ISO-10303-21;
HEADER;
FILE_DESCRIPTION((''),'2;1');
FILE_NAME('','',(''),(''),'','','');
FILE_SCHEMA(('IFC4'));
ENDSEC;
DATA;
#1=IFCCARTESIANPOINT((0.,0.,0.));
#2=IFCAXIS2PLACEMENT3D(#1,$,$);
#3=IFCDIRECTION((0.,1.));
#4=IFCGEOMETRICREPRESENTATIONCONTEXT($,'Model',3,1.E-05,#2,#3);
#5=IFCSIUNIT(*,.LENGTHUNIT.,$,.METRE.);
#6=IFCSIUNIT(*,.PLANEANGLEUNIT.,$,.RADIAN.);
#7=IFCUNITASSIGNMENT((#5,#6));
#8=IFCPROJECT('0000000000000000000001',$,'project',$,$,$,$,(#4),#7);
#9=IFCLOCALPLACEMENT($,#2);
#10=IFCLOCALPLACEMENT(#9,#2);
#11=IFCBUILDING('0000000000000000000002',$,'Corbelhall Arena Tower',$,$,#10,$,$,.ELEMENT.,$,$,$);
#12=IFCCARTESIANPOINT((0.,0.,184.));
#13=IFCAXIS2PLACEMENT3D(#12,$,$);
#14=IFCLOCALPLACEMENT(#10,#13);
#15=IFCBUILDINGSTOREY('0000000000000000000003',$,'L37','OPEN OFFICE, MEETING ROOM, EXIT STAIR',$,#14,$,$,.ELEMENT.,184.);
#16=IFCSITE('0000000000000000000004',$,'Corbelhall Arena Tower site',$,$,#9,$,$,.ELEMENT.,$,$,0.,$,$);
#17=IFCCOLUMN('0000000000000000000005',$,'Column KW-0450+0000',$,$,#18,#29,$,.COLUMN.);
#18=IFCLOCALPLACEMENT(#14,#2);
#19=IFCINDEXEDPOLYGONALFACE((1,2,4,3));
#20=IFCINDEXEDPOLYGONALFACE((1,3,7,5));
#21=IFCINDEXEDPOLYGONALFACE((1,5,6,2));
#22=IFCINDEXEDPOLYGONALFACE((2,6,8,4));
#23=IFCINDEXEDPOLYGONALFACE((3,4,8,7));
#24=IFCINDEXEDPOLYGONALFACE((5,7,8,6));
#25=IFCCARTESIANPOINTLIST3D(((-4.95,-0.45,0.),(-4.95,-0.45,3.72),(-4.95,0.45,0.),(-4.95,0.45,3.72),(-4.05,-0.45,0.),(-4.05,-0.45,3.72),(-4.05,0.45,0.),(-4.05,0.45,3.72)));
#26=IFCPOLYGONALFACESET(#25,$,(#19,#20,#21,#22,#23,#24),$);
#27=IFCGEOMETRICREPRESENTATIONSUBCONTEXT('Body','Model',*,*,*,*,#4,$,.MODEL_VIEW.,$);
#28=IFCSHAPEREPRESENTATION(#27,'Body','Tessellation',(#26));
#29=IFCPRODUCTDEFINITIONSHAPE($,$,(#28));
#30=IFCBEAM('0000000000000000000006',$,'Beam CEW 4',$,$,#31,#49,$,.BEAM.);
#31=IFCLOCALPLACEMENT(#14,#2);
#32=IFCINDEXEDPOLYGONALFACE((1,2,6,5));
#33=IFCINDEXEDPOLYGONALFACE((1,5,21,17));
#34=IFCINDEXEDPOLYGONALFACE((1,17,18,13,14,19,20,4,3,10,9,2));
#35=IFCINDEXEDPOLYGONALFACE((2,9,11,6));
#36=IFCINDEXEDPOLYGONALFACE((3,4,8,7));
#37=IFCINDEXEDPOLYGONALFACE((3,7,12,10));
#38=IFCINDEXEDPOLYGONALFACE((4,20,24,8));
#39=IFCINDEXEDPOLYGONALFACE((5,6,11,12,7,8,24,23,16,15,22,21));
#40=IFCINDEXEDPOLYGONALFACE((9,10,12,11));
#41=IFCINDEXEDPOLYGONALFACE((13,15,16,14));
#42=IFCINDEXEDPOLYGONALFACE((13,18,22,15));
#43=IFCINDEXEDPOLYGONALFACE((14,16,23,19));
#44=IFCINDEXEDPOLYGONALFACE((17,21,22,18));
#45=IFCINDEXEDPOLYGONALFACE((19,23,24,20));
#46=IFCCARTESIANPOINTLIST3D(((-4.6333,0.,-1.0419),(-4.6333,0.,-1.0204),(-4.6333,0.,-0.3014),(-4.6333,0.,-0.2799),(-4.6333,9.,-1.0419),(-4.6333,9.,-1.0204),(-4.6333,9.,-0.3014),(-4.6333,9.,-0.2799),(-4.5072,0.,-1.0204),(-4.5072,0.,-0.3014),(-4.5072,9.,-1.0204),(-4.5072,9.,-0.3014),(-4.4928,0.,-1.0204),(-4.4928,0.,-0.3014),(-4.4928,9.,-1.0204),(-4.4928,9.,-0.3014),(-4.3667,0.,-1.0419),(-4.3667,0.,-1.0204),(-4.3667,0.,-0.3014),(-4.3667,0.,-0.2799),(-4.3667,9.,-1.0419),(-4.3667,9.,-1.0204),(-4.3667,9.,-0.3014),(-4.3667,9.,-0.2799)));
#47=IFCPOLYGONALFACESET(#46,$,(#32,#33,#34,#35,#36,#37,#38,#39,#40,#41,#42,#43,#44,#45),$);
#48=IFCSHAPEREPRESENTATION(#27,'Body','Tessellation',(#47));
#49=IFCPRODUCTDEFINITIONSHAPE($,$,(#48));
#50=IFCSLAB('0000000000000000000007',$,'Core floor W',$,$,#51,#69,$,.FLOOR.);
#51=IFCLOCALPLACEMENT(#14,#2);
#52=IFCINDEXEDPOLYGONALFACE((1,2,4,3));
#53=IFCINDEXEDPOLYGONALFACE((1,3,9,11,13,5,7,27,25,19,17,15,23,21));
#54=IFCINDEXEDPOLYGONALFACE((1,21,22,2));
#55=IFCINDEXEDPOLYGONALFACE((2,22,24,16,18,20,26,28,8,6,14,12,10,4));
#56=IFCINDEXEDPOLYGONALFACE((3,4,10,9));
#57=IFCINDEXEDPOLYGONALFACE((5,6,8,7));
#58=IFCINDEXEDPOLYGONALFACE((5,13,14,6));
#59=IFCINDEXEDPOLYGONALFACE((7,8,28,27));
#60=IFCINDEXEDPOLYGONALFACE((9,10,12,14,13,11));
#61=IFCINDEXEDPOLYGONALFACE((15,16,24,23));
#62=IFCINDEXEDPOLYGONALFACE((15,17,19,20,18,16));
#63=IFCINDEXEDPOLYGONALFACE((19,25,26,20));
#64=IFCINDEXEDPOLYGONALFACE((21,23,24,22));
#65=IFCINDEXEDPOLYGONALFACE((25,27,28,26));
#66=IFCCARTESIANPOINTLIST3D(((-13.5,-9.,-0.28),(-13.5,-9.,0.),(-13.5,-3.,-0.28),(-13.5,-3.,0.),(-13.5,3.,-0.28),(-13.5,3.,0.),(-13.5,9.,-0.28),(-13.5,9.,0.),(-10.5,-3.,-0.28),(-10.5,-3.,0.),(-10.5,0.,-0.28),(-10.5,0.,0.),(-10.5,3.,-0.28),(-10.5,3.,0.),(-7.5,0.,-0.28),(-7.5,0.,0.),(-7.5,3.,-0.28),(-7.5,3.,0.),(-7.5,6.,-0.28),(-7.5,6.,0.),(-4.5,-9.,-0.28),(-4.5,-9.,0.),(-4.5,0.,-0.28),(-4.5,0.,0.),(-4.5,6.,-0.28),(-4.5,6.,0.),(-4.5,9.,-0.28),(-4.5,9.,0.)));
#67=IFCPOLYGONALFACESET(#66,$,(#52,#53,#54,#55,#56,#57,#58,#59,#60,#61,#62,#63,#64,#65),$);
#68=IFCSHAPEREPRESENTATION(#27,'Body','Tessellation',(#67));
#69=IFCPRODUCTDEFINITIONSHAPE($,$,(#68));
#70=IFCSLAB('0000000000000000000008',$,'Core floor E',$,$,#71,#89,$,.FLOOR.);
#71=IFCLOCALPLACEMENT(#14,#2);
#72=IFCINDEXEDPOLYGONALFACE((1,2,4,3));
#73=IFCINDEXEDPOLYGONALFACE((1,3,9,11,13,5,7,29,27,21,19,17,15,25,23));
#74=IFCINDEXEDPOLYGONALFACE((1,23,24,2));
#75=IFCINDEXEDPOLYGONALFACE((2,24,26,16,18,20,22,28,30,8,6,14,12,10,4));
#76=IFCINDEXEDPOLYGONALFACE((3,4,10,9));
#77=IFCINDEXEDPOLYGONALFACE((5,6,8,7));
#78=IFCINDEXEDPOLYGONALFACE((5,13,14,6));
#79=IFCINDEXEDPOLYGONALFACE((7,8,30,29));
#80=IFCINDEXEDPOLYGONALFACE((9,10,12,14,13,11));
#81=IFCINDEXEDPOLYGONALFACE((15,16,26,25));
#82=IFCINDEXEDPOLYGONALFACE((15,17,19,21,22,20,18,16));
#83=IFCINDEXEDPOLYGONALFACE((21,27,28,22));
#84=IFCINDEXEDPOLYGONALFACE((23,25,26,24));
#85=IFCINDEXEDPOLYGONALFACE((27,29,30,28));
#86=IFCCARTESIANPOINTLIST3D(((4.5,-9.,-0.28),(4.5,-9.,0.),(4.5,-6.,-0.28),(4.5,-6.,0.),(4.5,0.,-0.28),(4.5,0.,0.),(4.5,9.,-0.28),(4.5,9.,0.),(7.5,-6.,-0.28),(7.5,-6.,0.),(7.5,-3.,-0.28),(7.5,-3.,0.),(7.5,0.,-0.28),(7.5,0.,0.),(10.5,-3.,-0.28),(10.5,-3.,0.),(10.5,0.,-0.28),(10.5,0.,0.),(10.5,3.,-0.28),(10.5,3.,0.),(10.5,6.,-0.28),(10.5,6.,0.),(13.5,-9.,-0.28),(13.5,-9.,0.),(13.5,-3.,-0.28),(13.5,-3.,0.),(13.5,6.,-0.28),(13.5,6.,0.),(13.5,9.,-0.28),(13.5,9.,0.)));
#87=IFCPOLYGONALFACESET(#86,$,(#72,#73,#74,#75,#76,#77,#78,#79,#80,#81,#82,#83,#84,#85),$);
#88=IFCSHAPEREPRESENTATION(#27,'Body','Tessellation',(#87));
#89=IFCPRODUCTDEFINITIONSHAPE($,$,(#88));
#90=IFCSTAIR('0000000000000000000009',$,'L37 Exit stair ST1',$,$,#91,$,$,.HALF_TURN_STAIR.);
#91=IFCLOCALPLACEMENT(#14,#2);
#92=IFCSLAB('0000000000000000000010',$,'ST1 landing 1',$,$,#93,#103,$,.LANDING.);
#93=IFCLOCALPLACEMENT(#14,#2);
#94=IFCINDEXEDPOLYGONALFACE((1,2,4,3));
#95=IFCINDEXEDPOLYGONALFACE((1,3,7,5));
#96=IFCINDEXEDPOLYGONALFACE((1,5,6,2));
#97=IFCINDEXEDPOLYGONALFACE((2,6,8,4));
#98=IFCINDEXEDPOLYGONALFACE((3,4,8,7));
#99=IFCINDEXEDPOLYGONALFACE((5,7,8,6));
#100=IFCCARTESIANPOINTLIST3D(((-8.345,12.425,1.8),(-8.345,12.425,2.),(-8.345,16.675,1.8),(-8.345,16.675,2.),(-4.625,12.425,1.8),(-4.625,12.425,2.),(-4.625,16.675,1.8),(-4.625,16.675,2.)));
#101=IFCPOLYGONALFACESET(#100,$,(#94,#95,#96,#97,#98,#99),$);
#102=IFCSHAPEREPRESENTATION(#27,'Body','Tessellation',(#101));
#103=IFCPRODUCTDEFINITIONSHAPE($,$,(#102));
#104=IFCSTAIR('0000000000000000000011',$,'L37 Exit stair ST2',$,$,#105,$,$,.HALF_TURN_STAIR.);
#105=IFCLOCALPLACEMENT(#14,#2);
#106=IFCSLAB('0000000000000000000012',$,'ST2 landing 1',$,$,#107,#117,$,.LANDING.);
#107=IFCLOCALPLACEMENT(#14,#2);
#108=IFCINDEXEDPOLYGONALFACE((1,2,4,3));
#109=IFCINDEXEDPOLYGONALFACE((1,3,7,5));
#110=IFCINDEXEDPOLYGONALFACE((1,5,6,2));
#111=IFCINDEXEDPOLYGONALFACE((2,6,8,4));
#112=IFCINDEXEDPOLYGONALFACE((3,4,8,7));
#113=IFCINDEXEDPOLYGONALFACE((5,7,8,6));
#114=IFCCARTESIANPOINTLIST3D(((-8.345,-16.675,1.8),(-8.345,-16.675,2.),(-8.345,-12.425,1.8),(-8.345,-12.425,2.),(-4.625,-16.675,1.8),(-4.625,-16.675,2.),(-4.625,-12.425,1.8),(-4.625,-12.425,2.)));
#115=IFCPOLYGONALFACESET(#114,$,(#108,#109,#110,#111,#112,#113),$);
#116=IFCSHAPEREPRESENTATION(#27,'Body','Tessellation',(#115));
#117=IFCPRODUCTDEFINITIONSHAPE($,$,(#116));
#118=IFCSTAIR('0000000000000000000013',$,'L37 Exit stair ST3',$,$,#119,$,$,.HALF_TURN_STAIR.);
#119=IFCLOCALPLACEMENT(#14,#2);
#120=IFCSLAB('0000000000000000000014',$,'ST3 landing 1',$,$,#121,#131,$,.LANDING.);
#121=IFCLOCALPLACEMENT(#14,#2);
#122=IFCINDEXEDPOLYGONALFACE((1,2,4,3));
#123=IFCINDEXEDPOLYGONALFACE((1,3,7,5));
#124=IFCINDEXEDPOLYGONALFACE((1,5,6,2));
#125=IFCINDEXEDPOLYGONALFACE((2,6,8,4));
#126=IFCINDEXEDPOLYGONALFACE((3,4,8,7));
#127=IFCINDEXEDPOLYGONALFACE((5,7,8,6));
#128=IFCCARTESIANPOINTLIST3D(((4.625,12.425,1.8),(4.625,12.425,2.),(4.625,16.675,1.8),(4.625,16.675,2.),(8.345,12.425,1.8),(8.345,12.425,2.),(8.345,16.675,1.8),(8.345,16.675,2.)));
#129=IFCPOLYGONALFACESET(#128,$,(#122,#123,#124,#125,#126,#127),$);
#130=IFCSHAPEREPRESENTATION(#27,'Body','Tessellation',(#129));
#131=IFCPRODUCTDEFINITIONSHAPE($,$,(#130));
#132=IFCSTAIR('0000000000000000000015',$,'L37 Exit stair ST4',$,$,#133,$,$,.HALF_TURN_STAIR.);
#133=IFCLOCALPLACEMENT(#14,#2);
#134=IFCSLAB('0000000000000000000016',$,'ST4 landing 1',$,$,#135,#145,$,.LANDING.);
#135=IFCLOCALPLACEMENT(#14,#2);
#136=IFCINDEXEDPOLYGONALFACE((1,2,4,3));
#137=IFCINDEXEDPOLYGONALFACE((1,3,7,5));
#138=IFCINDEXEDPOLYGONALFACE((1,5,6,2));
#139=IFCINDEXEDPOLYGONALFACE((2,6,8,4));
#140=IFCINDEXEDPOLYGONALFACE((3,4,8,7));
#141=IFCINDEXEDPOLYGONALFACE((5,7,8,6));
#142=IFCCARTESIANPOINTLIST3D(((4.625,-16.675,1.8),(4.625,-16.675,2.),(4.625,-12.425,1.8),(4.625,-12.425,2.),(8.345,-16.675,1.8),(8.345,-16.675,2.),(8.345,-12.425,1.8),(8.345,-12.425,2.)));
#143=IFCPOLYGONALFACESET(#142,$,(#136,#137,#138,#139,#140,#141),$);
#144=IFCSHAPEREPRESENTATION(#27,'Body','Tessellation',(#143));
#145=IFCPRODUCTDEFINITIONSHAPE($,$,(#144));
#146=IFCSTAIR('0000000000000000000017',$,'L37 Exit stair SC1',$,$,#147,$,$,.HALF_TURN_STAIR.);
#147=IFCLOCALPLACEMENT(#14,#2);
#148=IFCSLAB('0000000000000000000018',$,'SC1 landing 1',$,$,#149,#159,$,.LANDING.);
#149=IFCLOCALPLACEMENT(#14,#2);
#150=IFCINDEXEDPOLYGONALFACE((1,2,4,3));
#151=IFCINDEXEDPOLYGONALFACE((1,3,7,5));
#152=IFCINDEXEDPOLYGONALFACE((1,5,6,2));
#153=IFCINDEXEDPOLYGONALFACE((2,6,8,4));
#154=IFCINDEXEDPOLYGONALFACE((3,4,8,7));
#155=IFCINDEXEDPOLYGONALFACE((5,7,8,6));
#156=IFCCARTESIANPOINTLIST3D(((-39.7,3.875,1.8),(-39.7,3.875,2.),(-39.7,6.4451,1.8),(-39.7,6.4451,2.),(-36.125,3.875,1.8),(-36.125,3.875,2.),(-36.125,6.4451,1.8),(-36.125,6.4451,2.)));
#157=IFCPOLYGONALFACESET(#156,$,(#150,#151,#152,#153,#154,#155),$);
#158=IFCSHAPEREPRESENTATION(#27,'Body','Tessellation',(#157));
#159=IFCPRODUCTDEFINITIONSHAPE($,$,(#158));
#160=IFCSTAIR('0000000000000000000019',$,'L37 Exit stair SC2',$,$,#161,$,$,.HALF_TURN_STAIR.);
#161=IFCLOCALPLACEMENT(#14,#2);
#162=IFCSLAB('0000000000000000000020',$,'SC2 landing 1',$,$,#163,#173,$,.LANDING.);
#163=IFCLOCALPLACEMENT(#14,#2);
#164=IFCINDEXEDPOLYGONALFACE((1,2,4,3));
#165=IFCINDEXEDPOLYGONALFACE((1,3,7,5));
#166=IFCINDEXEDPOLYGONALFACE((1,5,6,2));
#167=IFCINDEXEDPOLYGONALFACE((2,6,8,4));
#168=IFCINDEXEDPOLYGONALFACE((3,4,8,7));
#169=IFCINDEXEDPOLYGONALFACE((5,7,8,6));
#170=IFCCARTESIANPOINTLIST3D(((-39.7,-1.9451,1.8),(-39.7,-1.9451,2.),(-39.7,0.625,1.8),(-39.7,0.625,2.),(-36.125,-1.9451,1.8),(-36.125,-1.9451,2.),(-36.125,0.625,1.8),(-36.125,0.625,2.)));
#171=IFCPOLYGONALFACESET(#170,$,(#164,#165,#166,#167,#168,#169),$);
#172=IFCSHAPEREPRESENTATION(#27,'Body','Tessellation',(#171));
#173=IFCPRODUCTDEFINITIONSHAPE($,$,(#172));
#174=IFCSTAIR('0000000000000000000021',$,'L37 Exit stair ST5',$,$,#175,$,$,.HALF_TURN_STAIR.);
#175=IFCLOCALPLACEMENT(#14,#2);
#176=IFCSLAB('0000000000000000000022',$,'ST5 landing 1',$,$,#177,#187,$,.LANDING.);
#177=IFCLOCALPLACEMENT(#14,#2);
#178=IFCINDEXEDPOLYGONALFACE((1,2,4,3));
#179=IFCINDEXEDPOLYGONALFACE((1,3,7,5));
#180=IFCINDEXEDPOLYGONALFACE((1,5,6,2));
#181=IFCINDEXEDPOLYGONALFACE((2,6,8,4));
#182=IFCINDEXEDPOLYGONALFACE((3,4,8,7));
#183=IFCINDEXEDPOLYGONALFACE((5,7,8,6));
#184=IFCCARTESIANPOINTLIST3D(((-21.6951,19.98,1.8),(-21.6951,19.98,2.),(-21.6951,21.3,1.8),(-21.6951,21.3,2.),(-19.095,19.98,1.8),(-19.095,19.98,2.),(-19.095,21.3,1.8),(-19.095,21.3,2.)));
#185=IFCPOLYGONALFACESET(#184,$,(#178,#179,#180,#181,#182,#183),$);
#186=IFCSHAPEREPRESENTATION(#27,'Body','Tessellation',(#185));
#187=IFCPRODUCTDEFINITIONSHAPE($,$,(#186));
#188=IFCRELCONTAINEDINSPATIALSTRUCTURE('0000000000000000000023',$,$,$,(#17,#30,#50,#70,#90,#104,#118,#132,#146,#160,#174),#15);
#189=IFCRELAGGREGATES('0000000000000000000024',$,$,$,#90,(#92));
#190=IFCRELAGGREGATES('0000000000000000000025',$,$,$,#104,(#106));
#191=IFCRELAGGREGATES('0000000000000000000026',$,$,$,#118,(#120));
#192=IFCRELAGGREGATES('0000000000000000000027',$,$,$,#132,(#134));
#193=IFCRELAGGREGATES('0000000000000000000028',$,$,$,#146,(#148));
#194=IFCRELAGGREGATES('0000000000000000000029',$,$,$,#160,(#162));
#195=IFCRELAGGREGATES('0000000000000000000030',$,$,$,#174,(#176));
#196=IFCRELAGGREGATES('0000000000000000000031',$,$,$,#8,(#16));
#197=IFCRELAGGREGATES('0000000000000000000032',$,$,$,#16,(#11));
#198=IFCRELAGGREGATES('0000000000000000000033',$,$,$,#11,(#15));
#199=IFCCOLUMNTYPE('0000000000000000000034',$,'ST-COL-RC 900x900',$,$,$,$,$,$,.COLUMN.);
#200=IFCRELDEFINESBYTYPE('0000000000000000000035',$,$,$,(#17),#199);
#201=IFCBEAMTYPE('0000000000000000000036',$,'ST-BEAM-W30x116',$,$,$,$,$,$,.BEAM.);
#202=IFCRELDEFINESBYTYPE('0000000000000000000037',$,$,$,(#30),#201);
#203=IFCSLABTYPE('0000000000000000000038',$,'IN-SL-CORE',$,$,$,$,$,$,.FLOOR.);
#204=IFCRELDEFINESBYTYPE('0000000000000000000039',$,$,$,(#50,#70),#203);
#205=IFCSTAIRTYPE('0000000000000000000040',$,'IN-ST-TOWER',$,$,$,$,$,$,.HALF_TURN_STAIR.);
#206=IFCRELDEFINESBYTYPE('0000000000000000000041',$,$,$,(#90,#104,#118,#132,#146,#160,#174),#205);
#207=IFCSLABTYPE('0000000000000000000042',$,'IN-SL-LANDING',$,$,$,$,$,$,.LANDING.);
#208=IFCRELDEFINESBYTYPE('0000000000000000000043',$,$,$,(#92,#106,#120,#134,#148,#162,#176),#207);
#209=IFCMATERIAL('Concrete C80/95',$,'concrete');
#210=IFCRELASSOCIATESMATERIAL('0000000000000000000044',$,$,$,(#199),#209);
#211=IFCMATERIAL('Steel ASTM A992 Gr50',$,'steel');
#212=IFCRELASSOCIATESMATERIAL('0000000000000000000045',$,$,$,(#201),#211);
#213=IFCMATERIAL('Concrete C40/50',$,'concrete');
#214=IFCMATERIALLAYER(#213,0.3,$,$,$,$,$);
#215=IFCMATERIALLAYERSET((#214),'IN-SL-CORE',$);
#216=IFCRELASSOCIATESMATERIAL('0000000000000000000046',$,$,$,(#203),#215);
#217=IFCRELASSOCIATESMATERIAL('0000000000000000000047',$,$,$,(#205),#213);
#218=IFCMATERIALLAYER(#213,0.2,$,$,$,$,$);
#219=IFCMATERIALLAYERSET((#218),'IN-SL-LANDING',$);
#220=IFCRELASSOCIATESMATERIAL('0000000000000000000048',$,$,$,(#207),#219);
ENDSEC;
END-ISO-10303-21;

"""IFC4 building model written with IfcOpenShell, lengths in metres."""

from ifc_helpers import new_model, si_unit, direction, frame, origin, origin_2d, place, context, subcontext, project, spatial, polyline, rectangle, i_section, outline, extrude, material, layer, layer_set, material_profile, profile_set, type_object, element, aggregate, save


model = new_model("IFC4")

# Units and contexts
model_context = context("Model", 3, precision=1e-05, world=origin(), true_north=direction((0.0, 1.0)))
body_context = subcontext(model_context, "Body", "Model", "MODEL_VIEW")
ifc_project = project(units=[si_unit("LENGTHUNIT", "METRE"), si_unit("PLANEANGLEUNIT", "RADIAN")], contexts=[model_context])

# Site, building, storey
site_placement = place(None, origin())
site = spatial("IfcSite", under=ifc_project, at=site_placement, Name="Corbelhall Arena Tower site", CompositionType="ELEMENT", RefElevation=0.0)
building_placement = place(site_placement, origin())
building = spatial("IfcBuilding", under=site, at=building_placement, Name="Corbelhall Arena Tower", CompositionType="ELEMENT")
storey_placement = place(building_placement, frame((0.0, 0.0, 184.0)))
storey = spatial("IfcBuildingStorey", under=building, at=storey_placement, Name="L37", Description="OPEN OFFICE, MEETING ROOM, EXIT STAIR", CompositionType="ELEMENT", Elevation=184.0)

# Column
ifc_material_1 = material(Name="Concrete C80/95", Category="concrete")
ifc_material_profile_1 = material_profile(ifc_material_1, rectangle(XDim=0.8999, YDim=0.8999, at=origin_2d()))
ifc_profile_set_1 = profile_set([ifc_material_profile_1], Name="Concrete C80/95")
column_type = type_object("IfcColumnType", Name="ST-COL-RC 900x900", PredefinedType="COLUMN", material=ifc_profile_set_1)
column_placement = place(storey_placement, frame((-4.5, 0.0, 0.0), z_axis=(0.0, 0.0, 1.0), x_axis=(1.0, 0.0, 0.0)))
element("IfcColumn", 1, at=column_placement, inside=storey, type_object=column_type, Name="Column KW-0450+0000", PredefinedType="COLUMN", context=body_context, shape_type="SweptSolid", body=[
    extrude(rectangle(XDim=0.8999, YDim=0.8999, at=origin_2d()), origin(), (0.0, 0.0, 1.0), 3.72),
])

# Beam
ifc_material_2 = material(Name="Steel ASTM A992 Gr50", Category="steel")
ifc_material_profile_2 = material_profile(ifc_material_2, i_section(OverallWidth=0.2666, OverallDepth=0.762, WebThickness=0.0144, FlangeThickness=0.0215, at=origin_2d()))
ifc_profile_set_2 = profile_set([ifc_material_profile_2], Name="Steel ASTM A992 Gr50")
beam_type = type_object("IfcBeamType", Name="ST-BEAM-W30x116", PredefinedType="BEAM", material=ifc_profile_set_2)
beam_placement = place(storey_placement, frame((-4.5, 0.0, -0.6609), z_axis=(0.0, 1.0, 0.0), x_axis=(-1.0, 0.0, 0.0)))
element("IfcBeam", 2, at=beam_placement, inside=storey, type_object=beam_type, Name="Beam CEW 4", PredefinedType="BEAM", context=body_context, shape_type="SweptSolid", body=[
    extrude(i_section(OverallWidth=0.2666, OverallDepth=0.762, WebThickness=0.0144, FlangeThickness=0.0215, at=origin_2d()), origin(), (0.0, 0.0, 1.0), 9.0),
])

# Slabs
ifc_material_3 = material(Name="Concrete C40/50", Category="concrete")
ifc_layer_1 = layer(ifc_material_3, 0.3)
ifc_layer_set_1 = layer_set([ifc_layer_1], Name="IN-SL-CORE")
slab_type_1 = type_object("IfcSlabType", Name="IN-SL-CORE", PredefinedType="FLOOR", material=ifc_layer_set_1)
slab_1_placement = place(storey_placement, frame((0.0, 0.0, -0.28)))
element("IfcSlab", 3, at=slab_1_placement, inside=storey, type_object=slab_type_1, Name="Core floor W", PredefinedType="FLOOR", context=body_context, shape_type="SweptSolid", body=[
    extrude(outline(polyline([(-10.5, -3.0), (-13.5, -3.0), (-13.5, -9.0), (-4.5, -9.0), (-4.5, 0.0), (-7.5, 0.0), (-7.5, 3.0), (-7.5, 6.0), (-4.5, 6.0), (-4.5, 9.0), (-13.5, 9.0), (-13.5, 3.0), (-10.5, 3.0), (-10.5, 0.0), (-10.5, -3.0)])), origin(), (0.0, 0.0, 1.0), 0.28),
])
slab_2_placement = place(storey_placement, frame((0.0, 0.0, -0.28)))
element("IfcSlab", 4, at=slab_2_placement, inside=storey, type_object=slab_type_1, Name="Core floor E", PredefinedType="FLOOR", context=body_context, shape_type="SweptSolid", body=[
    extrude(outline(polyline([(13.5, -3.0), (10.5, -3.0), (10.5, 0.0), (10.5, 3.0), (10.5, 6.0), (13.5, 6.0), (13.5, 9.0), (4.5, 9.0), (4.5, 0.0), (7.5, 0.0), (7.5, -3.0), (7.5, -6.0), (4.5, -6.0), (4.5, -9.0), (13.5, -9.0), (13.5, -3.0)])), origin(), (0.0, 0.0, 1.0), 0.28),
])

# Stairs, slabs
stair_type = type_object("IfcStairType", Name="IN-ST-TOWER", PredefinedType="HALF_TURN_STAIR", material=ifc_material_3)
stair_1_placement = place(storey_placement, origin())
stair_1 = element("IfcStair", 5, at=stair_1_placement, inside=storey, type_object=stair_type, Name="L37 Exit stair ST1", PredefinedType="HALF_TURN_STAIR")
ifc_layer_2 = layer(ifc_material_3, 0.2)
ifc_layer_set_2 = layer_set([ifc_layer_2], Name="IN-SL-LANDING")
slab_type_2 = type_object("IfcSlabType", Name="IN-SL-LANDING", PredefinedType="LANDING", material=ifc_layer_set_2)
slab_3_placement = place(storey_placement, frame((0.0, 0.0, 1.8)))
slab_3 = element("IfcSlab", 6, at=slab_3_placement, type_object=slab_type_2, Name="ST1 landing 1", PredefinedType="LANDING", context=body_context, shape_type="SweptSolid", body=[
    extrude(outline(polyline([(-8.345, 12.425), (-4.625, 12.425), (-4.625, 16.675), (-8.345, 16.675), (-8.345, 12.425)])), origin(), (0.0, 0.0, 1.0), 0.2),
])
aggregate(stair_1, [slab_3])
stair_2_placement = place(storey_placement, origin())
stair_2 = element("IfcStair", 7, at=stair_2_placement, inside=storey, type_object=stair_type, Name="L37 Exit stair ST2", PredefinedType="HALF_TURN_STAIR")
slab_4_placement = place(storey_placement, frame((0.0, 0.0, 1.8)))
slab_4 = element("IfcSlab", 8, at=slab_4_placement, type_object=slab_type_2, Name="ST2 landing 1", PredefinedType="LANDING", context=body_context, shape_type="SweptSolid", body=[
    extrude(outline(polyline([(-8.345, -16.675), (-4.625, -16.675), (-4.625, -12.425), (-8.345, -12.425), (-8.345, -16.675)])), origin(), (0.0, 0.0, 1.0), 0.2),
])
aggregate(stair_2, [slab_4])
stair_3_placement = place(storey_placement, origin())
stair_3 = element("IfcStair", 9, at=stair_3_placement, inside=storey, type_object=stair_type, Name="L37 Exit stair ST3", PredefinedType="HALF_TURN_STAIR")
slab_5_placement = place(storey_placement, frame((0.0, 0.0, 1.8)))
slab_5 = element("IfcSlab", 10, at=slab_5_placement, type_object=slab_type_2, Name="ST3 landing 1", PredefinedType="LANDING", context=body_context, shape_type="SweptSolid", body=[
    extrude(outline(polyline([(8.345, 16.675), (4.625, 16.675), (4.625, 12.425), (8.345, 12.425), (8.345, 16.675)])), origin(), (0.0, 0.0, 1.0), 0.2),
])
aggregate(stair_3, [slab_5])
stair_4_placement = place(storey_placement, origin())
stair_4 = element("IfcStair", 11, at=stair_4_placement, inside=storey, type_object=stair_type, Name="L37 Exit stair ST4", PredefinedType="HALF_TURN_STAIR")
slab_6_placement = place(storey_placement, frame((0.0, 0.0, 1.8)))
slab_6 = element("IfcSlab", 12, at=slab_6_placement, type_object=slab_type_2, Name="ST4 landing 1", PredefinedType="LANDING", context=body_context, shape_type="SweptSolid", body=[
    extrude(outline(polyline([(8.345, -12.425), (4.625, -12.425), (4.625, -16.675), (8.345, -16.675), (8.345, -12.425)])), origin(), (0.0, 0.0, 1.0), 0.2),
])
aggregate(stair_4, [slab_6])
stair_5_placement = place(storey_placement, origin())
stair_5 = element("IfcStair", 13, at=stair_5_placement, inside=storey, type_object=stair_type, Name="L37 Exit stair SC1", PredefinedType="HALF_TURN_STAIR")
slab_7_placement = place(storey_placement, frame((0.0, 0.0, 1.8)))
slab_7 = element("IfcSlab", 14, at=slab_7_placement, type_object=slab_type_2, Name="SC1 landing 1", PredefinedType="LANDING", context=body_context, shape_type="SweptSolid", body=[
    extrude(outline(polyline([(-39.7, 6.4451), (-39.7, 3.875), (-36.125, 3.875), (-36.125, 6.4451), (-39.7, 6.4451)])), origin(), (0.0, 0.0, 1.0), 0.2),
])
aggregate(stair_5, [slab_7])
stair_6_placement = place(storey_placement, origin())
stair_6 = element("IfcStair", 15, at=stair_6_placement, inside=storey, type_object=stair_type, Name="L37 Exit stair SC2", PredefinedType="HALF_TURN_STAIR")
slab_8_placement = place(storey_placement, frame((0.0, 0.0, 1.8)))
slab_8 = element("IfcSlab", 16, at=slab_8_placement, type_object=slab_type_2, Name="SC2 landing 1", PredefinedType="LANDING", context=body_context, shape_type="SweptSolid", body=[
    extrude(outline(polyline([(-36.125, -1.9451), (-36.125, 0.625), (-39.7, 0.625), (-39.7, -1.9451), (-36.125, -1.9451)])), origin(), (0.0, 0.0, 1.0), 0.2),
])
aggregate(stair_6, [slab_8])
stair_7_placement = place(storey_placement, origin())
stair_7 = element("IfcStair", 17, at=stair_7_placement, inside=storey, type_object=stair_type, Name="L37 Exit stair ST5", PredefinedType="HALF_TURN_STAIR")
slab_9_placement = place(storey_placement, frame((0.0, 0.0, 1.8)))
slab_9 = element("IfcSlab", 18, at=slab_9_placement, type_object=slab_type_2, Name="ST5 landing 1", PredefinedType="LANDING", context=body_context, shape_type="SweptSolid", body=[
    extrude(outline(polyline([(-19.095, 19.98), (-19.095, 21.3), (-21.6951, 21.3), (-21.6951, 19.98), (-19.095, 19.98)])), origin(), (0.0, 0.0, 1.0), 0.2),
])
aggregate(stair_7, [slab_9])

save(model, "model.ifc")
